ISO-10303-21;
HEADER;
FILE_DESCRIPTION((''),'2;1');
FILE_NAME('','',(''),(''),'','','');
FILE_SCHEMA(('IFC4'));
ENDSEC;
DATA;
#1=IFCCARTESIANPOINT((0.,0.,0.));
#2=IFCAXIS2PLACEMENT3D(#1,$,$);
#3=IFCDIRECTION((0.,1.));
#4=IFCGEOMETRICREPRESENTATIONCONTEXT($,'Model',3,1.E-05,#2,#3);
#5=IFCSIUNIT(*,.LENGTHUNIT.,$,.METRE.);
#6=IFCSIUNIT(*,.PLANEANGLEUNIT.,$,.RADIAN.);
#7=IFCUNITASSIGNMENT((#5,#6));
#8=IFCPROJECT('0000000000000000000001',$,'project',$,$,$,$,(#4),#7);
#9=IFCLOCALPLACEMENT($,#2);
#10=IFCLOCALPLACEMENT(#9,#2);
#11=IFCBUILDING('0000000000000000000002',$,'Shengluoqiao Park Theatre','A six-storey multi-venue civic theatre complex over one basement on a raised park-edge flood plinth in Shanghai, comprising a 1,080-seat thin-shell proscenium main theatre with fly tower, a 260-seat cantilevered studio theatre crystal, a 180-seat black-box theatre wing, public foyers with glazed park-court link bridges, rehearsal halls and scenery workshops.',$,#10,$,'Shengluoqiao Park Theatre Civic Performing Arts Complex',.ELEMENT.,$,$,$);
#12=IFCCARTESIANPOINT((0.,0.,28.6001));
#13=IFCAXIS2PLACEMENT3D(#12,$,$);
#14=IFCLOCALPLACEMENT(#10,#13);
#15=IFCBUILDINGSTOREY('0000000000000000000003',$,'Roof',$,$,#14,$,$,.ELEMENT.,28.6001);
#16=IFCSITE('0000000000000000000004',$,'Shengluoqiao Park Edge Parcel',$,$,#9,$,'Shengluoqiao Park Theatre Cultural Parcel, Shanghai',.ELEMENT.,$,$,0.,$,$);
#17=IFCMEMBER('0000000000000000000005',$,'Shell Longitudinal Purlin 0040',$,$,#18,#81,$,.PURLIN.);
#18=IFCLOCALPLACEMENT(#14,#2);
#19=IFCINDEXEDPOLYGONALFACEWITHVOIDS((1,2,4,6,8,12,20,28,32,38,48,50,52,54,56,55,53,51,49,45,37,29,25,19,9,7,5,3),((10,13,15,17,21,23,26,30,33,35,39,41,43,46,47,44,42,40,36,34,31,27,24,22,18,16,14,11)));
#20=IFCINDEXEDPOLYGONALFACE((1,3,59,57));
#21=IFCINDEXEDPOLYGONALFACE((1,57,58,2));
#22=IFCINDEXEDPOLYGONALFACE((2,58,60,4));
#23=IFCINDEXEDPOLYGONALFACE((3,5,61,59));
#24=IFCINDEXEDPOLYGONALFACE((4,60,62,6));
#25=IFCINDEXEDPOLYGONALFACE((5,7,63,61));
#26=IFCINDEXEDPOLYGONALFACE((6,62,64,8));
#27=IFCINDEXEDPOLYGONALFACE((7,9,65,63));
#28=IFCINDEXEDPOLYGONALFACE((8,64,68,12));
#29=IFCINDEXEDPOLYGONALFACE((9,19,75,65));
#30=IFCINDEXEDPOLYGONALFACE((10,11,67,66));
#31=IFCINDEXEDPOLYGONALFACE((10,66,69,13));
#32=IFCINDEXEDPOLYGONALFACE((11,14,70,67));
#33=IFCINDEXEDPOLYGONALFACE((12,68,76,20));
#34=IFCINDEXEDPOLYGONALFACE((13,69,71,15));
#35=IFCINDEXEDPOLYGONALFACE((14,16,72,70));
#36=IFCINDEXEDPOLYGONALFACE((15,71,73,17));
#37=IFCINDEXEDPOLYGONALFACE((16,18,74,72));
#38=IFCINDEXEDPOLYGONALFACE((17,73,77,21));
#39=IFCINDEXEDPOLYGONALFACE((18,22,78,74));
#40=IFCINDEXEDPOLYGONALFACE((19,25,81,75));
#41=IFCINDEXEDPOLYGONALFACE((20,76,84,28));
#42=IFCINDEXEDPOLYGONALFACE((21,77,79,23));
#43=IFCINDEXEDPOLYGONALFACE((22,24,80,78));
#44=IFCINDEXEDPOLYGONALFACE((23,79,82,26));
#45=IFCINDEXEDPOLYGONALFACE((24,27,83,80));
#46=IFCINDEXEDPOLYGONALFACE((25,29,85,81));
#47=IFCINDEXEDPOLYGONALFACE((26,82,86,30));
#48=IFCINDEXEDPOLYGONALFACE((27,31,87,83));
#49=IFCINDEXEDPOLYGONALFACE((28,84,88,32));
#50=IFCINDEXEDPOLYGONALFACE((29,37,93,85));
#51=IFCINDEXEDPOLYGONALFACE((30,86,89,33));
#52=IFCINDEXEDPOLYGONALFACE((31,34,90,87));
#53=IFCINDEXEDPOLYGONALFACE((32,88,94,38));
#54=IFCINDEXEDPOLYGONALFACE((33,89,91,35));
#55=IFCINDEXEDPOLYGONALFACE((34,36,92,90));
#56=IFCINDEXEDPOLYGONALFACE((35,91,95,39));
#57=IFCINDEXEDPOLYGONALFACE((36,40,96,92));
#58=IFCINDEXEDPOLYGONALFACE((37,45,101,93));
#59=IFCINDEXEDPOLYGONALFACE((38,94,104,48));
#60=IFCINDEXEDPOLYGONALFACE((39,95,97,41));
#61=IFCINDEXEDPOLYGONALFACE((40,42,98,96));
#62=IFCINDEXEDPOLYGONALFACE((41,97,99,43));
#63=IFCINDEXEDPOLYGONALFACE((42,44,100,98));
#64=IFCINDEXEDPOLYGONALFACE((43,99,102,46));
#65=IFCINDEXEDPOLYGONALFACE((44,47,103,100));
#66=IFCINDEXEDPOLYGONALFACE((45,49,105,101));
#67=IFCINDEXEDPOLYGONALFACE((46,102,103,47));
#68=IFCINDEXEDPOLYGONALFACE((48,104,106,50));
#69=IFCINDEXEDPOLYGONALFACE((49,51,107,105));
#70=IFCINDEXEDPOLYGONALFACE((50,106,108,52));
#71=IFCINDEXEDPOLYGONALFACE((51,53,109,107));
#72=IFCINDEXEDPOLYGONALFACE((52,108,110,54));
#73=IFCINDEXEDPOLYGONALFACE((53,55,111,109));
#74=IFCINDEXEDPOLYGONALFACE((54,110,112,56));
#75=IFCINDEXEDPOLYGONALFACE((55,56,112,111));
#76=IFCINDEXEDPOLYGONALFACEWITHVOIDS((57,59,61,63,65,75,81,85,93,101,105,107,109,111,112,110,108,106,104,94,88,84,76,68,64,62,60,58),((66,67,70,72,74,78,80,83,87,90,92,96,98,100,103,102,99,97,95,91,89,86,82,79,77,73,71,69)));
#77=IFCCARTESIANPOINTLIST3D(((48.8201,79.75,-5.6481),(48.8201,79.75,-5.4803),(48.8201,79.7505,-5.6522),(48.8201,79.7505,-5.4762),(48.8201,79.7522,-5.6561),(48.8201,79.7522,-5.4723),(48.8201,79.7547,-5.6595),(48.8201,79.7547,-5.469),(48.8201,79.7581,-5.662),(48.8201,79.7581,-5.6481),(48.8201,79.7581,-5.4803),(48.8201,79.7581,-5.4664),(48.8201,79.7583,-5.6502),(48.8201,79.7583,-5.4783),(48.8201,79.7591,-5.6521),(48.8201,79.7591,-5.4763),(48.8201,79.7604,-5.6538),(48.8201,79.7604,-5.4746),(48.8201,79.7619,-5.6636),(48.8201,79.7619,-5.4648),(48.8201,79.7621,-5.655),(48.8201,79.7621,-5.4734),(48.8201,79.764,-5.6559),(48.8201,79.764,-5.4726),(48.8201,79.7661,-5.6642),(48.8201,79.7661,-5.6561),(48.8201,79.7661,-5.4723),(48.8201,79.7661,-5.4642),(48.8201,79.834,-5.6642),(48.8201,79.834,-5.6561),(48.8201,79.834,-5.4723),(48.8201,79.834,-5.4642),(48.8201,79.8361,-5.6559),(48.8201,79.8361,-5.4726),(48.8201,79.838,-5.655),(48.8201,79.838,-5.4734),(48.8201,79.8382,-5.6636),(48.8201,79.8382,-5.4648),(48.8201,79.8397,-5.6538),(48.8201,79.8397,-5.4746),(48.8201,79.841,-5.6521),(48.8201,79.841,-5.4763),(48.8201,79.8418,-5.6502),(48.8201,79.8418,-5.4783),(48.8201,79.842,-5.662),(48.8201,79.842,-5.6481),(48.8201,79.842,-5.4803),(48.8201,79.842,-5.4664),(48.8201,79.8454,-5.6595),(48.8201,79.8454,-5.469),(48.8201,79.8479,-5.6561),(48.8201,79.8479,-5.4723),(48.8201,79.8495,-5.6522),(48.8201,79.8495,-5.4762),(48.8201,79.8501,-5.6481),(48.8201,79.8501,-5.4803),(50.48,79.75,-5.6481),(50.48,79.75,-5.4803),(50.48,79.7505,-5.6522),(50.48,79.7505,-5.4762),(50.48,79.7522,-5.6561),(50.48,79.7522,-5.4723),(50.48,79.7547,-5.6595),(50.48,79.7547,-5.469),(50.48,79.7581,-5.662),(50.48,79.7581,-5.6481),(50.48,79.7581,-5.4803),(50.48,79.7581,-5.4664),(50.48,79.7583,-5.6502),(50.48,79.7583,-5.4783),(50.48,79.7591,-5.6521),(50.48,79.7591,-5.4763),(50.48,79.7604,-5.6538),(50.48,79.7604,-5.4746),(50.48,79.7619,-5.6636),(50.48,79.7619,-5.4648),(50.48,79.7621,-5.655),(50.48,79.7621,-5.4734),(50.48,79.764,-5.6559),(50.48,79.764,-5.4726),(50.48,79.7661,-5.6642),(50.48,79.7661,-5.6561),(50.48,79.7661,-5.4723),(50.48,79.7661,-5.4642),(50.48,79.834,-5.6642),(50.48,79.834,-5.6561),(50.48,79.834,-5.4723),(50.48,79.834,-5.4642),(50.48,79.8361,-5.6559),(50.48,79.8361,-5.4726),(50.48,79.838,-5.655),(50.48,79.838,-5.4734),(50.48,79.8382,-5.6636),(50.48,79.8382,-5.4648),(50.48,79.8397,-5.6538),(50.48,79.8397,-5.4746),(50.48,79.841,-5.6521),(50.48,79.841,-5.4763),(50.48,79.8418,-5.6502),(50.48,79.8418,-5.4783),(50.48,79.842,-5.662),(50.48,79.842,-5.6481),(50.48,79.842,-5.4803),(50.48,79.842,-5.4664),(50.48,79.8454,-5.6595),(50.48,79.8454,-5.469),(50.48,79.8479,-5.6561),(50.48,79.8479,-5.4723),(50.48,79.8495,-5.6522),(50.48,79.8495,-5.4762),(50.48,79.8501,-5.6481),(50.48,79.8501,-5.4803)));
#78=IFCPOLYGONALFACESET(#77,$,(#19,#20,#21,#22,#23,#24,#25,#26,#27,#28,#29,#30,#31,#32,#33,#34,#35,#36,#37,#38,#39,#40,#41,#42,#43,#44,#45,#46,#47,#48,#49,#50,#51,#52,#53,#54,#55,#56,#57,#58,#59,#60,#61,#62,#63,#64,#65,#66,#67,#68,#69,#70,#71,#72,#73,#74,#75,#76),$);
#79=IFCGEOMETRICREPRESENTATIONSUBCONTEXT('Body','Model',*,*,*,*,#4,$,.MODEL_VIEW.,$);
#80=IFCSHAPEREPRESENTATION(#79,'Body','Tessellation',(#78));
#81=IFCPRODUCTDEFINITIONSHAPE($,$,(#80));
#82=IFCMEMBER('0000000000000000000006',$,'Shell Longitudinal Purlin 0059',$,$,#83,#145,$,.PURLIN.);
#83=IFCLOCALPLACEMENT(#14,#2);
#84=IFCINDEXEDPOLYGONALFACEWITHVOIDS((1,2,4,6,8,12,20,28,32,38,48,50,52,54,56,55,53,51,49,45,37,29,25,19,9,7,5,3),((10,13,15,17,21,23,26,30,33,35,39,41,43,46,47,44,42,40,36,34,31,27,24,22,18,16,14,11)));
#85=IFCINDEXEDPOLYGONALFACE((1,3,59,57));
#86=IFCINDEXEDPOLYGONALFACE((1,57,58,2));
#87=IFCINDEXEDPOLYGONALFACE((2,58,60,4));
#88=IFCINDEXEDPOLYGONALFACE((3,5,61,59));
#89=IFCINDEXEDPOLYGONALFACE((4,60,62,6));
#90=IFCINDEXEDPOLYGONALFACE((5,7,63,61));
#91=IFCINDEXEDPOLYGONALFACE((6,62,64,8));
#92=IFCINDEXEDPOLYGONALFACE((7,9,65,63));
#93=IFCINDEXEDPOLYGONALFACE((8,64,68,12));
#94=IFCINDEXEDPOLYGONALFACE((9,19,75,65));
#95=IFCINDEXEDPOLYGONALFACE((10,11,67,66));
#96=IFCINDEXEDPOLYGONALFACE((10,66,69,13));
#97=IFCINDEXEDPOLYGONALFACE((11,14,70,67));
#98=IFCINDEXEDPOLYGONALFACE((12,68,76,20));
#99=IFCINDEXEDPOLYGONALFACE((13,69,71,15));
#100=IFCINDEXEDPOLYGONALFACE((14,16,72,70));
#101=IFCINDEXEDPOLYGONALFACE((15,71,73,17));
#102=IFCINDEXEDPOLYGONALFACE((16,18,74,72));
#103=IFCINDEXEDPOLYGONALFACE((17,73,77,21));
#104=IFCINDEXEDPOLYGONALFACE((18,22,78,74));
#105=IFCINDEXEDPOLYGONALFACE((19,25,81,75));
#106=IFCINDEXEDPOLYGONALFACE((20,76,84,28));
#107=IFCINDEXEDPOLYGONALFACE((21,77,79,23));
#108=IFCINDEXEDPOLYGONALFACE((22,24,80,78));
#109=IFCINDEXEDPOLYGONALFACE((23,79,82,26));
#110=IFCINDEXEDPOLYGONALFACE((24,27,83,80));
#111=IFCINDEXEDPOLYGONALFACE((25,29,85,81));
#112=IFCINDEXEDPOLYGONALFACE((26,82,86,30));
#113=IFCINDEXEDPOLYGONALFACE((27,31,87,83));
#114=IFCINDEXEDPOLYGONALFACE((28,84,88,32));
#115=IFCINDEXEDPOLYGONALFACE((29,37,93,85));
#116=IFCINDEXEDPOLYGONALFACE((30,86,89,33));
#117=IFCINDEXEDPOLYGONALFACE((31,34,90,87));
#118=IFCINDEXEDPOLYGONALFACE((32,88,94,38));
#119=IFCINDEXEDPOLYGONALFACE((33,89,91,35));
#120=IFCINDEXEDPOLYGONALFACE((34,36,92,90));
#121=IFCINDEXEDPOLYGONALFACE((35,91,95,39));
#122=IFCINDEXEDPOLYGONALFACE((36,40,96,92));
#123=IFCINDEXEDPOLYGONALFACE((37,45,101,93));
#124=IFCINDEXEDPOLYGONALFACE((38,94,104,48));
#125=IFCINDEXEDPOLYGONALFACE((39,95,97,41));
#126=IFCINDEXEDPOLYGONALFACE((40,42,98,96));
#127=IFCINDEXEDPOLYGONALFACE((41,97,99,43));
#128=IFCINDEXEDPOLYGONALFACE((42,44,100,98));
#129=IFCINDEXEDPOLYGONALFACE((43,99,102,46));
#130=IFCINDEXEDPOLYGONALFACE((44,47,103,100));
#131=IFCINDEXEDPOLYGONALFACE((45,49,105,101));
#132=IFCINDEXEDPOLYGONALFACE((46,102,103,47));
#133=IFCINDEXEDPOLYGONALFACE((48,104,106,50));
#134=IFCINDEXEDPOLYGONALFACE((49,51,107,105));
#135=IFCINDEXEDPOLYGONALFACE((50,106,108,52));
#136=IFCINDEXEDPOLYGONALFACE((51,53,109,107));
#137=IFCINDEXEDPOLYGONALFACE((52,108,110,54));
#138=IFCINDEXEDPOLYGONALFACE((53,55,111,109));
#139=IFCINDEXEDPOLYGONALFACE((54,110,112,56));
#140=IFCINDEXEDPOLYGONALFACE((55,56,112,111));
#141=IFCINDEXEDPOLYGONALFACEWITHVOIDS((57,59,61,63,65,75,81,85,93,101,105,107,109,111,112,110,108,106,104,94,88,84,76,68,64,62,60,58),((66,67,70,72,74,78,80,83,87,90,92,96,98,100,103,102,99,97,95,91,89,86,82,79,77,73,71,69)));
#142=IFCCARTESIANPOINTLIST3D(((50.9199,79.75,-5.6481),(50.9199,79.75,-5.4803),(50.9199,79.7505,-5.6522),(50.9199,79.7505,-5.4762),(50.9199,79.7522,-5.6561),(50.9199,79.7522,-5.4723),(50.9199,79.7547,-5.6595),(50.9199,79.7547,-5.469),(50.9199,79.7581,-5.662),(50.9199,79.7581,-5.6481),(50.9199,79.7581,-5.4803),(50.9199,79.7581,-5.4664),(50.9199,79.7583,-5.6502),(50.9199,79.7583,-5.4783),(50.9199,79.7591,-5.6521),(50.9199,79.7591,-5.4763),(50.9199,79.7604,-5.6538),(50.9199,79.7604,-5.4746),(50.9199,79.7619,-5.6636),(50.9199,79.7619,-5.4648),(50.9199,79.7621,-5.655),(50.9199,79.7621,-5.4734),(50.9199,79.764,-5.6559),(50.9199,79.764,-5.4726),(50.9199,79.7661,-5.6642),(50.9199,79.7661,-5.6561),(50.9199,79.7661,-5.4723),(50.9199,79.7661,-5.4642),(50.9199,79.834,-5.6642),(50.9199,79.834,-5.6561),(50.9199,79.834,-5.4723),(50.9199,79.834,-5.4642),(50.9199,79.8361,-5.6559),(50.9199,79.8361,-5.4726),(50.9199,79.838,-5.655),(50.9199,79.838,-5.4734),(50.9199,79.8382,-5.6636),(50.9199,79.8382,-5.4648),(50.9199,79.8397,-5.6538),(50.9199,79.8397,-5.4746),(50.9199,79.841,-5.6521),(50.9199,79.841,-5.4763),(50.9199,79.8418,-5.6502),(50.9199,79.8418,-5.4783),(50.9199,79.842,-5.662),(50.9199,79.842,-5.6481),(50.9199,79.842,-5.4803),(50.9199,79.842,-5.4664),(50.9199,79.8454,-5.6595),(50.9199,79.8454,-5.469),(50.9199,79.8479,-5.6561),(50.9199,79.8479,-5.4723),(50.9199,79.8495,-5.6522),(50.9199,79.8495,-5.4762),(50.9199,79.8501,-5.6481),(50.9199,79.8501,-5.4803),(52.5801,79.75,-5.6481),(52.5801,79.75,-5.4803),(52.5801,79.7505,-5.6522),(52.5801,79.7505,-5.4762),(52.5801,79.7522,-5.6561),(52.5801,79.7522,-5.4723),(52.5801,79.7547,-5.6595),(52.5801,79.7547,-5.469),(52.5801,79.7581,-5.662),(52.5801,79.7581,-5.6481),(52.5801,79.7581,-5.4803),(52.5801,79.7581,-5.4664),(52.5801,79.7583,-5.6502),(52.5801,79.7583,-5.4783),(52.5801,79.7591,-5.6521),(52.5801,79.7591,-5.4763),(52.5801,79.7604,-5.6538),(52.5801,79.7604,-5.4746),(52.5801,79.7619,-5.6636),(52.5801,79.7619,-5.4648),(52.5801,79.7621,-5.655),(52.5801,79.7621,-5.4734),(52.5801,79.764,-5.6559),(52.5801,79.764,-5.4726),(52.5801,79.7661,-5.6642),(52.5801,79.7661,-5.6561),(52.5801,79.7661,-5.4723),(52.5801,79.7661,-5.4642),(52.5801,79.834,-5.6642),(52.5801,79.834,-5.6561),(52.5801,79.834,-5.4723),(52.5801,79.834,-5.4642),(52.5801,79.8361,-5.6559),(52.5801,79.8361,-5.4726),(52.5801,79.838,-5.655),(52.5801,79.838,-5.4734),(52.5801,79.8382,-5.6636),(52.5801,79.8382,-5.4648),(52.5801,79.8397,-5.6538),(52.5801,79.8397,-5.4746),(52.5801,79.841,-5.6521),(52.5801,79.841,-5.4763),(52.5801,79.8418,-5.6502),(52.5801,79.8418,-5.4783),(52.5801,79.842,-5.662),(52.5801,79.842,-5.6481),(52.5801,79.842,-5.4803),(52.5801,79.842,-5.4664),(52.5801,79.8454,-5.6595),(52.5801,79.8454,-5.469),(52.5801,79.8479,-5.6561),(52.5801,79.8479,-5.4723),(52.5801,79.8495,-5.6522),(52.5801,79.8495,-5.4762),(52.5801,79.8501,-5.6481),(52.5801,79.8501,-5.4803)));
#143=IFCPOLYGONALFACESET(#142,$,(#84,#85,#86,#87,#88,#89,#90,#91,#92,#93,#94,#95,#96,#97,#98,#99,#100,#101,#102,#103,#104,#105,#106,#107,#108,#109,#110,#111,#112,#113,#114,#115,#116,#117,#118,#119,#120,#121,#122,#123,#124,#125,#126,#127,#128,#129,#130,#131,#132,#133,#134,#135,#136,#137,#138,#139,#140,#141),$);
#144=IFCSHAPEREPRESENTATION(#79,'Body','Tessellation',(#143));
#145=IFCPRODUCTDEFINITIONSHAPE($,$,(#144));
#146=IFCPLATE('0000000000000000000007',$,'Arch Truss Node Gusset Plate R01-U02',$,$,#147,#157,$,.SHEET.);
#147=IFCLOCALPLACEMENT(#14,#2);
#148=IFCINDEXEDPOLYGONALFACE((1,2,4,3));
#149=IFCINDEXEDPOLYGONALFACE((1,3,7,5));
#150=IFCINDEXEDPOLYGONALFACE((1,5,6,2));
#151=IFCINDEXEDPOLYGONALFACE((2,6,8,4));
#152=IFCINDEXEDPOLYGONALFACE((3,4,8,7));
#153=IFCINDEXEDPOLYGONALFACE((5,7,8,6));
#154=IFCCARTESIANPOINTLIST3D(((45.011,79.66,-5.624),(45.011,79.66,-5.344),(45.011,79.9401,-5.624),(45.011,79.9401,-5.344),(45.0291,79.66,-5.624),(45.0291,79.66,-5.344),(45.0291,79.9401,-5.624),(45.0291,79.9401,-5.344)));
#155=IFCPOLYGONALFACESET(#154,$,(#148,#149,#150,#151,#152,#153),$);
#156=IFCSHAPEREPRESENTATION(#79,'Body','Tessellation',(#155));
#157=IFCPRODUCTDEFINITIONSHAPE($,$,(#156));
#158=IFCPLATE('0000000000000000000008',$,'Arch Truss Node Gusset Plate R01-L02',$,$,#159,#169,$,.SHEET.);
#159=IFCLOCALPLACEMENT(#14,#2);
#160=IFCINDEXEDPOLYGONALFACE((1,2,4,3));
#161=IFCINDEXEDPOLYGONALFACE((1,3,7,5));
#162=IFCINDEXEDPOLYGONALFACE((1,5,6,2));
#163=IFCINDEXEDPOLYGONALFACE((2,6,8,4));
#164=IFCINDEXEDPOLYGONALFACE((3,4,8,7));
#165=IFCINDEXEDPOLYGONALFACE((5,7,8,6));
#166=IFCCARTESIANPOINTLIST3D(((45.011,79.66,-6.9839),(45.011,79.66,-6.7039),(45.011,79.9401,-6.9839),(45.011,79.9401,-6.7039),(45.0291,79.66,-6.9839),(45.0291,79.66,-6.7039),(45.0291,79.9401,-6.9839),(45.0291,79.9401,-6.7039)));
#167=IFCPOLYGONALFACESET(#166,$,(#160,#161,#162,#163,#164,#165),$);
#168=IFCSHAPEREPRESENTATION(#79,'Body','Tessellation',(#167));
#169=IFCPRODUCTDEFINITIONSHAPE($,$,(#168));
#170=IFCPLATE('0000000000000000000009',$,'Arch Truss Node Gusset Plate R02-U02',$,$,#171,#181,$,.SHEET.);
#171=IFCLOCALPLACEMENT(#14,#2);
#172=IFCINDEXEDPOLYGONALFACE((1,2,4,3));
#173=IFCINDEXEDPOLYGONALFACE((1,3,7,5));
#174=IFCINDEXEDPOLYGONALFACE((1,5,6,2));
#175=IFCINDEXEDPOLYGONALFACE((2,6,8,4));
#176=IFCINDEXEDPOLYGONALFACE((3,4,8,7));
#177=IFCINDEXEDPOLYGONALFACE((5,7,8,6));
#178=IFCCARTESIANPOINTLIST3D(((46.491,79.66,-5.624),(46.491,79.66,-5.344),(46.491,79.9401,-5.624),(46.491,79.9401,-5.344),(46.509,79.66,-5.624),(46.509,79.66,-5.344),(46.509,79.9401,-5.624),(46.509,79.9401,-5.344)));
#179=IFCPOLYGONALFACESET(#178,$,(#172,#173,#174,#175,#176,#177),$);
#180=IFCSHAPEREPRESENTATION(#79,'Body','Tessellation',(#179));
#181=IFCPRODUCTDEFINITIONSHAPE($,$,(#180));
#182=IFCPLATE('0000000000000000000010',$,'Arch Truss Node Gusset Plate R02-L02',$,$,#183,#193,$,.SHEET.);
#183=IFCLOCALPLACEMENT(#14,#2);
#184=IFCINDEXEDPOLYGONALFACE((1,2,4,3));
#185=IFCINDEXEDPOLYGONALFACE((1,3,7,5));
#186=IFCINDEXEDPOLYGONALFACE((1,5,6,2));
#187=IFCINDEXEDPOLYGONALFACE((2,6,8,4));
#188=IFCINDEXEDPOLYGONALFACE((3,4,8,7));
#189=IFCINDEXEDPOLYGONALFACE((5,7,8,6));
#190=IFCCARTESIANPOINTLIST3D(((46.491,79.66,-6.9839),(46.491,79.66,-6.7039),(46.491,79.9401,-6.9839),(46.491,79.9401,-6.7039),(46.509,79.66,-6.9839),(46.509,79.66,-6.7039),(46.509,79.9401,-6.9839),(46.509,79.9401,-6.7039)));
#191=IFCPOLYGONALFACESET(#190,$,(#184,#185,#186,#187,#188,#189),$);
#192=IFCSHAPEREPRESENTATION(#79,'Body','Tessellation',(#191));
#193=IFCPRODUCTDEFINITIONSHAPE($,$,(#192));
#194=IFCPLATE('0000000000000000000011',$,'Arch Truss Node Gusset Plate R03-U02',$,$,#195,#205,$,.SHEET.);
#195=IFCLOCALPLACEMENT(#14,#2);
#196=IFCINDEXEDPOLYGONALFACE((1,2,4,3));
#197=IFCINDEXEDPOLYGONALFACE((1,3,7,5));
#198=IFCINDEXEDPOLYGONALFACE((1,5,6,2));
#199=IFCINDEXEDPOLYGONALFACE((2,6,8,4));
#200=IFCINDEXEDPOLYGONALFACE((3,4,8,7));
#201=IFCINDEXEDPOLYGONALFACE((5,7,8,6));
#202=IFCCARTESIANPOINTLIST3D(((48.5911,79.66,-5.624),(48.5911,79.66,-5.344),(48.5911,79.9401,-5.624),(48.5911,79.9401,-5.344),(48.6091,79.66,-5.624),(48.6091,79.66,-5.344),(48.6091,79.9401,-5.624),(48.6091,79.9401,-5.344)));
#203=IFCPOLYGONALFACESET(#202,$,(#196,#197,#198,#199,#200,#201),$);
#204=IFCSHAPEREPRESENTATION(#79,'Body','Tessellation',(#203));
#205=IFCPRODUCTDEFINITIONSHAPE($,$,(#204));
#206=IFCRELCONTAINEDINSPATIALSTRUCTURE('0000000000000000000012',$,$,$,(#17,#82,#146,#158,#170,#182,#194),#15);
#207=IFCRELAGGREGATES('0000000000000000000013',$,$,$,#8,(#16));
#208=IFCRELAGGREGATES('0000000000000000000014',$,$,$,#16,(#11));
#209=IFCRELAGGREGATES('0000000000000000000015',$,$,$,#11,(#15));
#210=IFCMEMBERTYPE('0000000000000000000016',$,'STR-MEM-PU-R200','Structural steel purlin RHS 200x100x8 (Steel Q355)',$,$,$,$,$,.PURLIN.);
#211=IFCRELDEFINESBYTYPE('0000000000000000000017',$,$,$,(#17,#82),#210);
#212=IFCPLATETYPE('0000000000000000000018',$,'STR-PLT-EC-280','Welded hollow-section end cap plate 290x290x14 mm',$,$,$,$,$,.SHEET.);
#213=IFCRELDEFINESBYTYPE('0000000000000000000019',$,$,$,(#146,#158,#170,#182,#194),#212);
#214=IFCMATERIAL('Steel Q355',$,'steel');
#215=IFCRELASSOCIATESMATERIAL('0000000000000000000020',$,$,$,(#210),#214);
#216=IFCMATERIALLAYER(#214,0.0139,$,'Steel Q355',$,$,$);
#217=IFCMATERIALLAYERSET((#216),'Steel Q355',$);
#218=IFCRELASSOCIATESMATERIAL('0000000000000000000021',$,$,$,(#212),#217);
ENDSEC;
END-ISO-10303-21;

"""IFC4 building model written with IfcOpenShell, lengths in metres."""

from ifc_helpers import new_model, si_unit, direction, frame, origin, origin_2d, place, context, subcontext, project, spatial, rectangle, hollow_rectangle, extrude, material, layer, layer_set, material_profile, profile_set, type_object, element, save


model = new_model("IFC4")

# Units and contexts
model_context = context("Model", 3, precision=1e-05, world=origin(), true_north=direction((0.0, 1.0)))
body_context = subcontext(model_context, "Body", "Model", "MODEL_VIEW")
ifc_project = project(units=[si_unit("LENGTHUNIT", "METRE"), si_unit("PLANEANGLEUNIT", "RADIAN")], contexts=[model_context])

# Site, building, storey
site_placement = place(None, origin())
site = spatial("IfcSite", under=ifc_project, at=site_placement, Name="Shengluoqiao Park Edge Parcel", LongName="Shengluoqiao Park Theatre Cultural Parcel, Shanghai", CompositionType="ELEMENT", RefElevation=0.0)
building_placement = place(site_placement, origin())
building = spatial("IfcBuilding", under=site, at=building_placement, Name="Shengluoqiao Park Theatre", Description="A six-storey multi-venue civic theatre complex over one basement on a raised park-edge flood plinth in Shanghai, comprising a 1,080-seat thin-shell proscenium main theatre with fly tower, a 260-seat cantilevered studio theatre crystal, a 180-seat black-box theatre wing, public foyers with glazed park-court link bridges, rehearsal halls and scenery workshops.", LongName="Shengluoqiao Park Theatre Civic Performing Arts Complex", CompositionType="ELEMENT")
storey_placement = place(building_placement, frame((0.0, 0.0, 28.6001)))
storey = spatial("IfcBuildingStorey", under=building, at=storey_placement, Name="Roof", CompositionType="ELEMENT", Elevation=28.6001)

# Shared definitions
ifc_material_1 = material(Name="Steel Q355", Category="steel")

# Members
ifc_material_profile_1 = material_profile(ifc_material_1, hollow_rectangle(XDim=0.1001, YDim=0.2, WallThickness=0.0081, InnerFilletRadius=0.0081, OuterFilletRadius=0.0161, at=origin_2d()), Name="RHS 200x100x8")
ifc_profile_set_1 = profile_set([ifc_material_profile_1], Name="Steel Q355")
member_type_1 = type_object("IfcMemberType", Name="STR-MEM-PU-R200", Description="Structural steel purlin RHS 200x100x8 (Steel Q355)", PredefinedType="PURLIN", material=ifc_profile_set_1)
for number, where, z_axis, x_axis, name in (
    (1, (48.8201, 79.8, -5.5642), (1.0, 0.0, 0.0), (0.0, 1.0, 0.0), "Shell Longitudinal Purlin 0040"),
):
    element("IfcMember", number, at=place(storey_placement, frame(where, z_axis=z_axis, x_axis=x_axis)), inside=storey, type_object=member_type_1, Name=name, PredefinedType="PURLIN", context=body_context, shape_type="SweptSolid", body=[
        extrude(hollow_rectangle(XDim=0.1001, YDim=0.2, WallThickness=0.0081, InnerFilletRadius=0.0081, OuterFilletRadius=0.0161, at=origin_2d()), origin(), (0.0, 0.0, 1.0), 1.6599),
    ])
member_1_placement = place(storey_placement, frame((50.9199, 79.8, -5.5642), z_axis=(1.0, 0.0, 0.0), x_axis=(0.0, 1.0, 0.0)))
element("IfcMember", 2, at=member_1_placement, inside=storey, type_object=member_type_1, Name="Shell Longitudinal Purlin 0059", PredefinedType="PURLIN", context=body_context, shape_type="SweptSolid", body=[
    extrude(hollow_rectangle(XDim=0.1001, YDim=0.2, WallThickness=0.0081, InnerFilletRadius=0.0081, OuterFilletRadius=0.0161, at=origin_2d()), origin(), (0.0, 0.0, 1.0), 1.6602),
])

# Plates
ifc_layer_1 = layer(ifc_material_1, 0.0139, Name="Steel Q355")
ifc_layer_set_1 = layer_set([ifc_layer_1], Name="Steel Q355")
plate_type_1 = type_object("IfcPlateType", Name="STR-PLT-EC-280", Description="Welded hollow-section end cap plate 290x290x14 mm", PredefinedType="SHEET", material=ifc_layer_set_1)
for number, where, z_axis, x_axis, name in (
    (3, (45.02, 79.8, -5.624), (0.0, 0.0, 1.0), (1.0, 0.0, 0.0), "Arch Truss Node Gusset Plate R01-U02"),
    (4, (45.02, 79.8, -6.9839), (0.0, 0.0, 1.0), (1.0, 0.0, 0.0), "Arch Truss Node Gusset Plate R01-L02"),
    (5, (46.5, 79.8, -5.624), (0.0, 0.0, 1.0), (1.0, 0.0, 0.0), "Arch Truss Node Gusset Plate R02-U02"),
    (6, (46.5, 79.8, -6.9839), (0.0, 0.0, 1.0), (1.0, 0.0, 0.0), "Arch Truss Node Gusset Plate R02-L02"),
    (7, (48.6001, 79.8, -5.624), (0.0, 0.0, 1.0), (1.0, 0.0, 0.0), "Arch Truss Node Gusset Plate R03-U02"),
):
    element("IfcPlate", number, at=place(storey_placement, frame(where, z_axis=z_axis, x_axis=x_axis)), inside=storey, type_object=plate_type_1, Name=name, PredefinedType="SHEET", context=body_context, shape_type="SweptSolid", body=[
        extrude(rectangle(XDim=0.0181, YDim=0.28, at=origin_2d()), origin(), (0.0, 0.0, 1.0), 0.28),
    ])

save(model, "model.ifc")
